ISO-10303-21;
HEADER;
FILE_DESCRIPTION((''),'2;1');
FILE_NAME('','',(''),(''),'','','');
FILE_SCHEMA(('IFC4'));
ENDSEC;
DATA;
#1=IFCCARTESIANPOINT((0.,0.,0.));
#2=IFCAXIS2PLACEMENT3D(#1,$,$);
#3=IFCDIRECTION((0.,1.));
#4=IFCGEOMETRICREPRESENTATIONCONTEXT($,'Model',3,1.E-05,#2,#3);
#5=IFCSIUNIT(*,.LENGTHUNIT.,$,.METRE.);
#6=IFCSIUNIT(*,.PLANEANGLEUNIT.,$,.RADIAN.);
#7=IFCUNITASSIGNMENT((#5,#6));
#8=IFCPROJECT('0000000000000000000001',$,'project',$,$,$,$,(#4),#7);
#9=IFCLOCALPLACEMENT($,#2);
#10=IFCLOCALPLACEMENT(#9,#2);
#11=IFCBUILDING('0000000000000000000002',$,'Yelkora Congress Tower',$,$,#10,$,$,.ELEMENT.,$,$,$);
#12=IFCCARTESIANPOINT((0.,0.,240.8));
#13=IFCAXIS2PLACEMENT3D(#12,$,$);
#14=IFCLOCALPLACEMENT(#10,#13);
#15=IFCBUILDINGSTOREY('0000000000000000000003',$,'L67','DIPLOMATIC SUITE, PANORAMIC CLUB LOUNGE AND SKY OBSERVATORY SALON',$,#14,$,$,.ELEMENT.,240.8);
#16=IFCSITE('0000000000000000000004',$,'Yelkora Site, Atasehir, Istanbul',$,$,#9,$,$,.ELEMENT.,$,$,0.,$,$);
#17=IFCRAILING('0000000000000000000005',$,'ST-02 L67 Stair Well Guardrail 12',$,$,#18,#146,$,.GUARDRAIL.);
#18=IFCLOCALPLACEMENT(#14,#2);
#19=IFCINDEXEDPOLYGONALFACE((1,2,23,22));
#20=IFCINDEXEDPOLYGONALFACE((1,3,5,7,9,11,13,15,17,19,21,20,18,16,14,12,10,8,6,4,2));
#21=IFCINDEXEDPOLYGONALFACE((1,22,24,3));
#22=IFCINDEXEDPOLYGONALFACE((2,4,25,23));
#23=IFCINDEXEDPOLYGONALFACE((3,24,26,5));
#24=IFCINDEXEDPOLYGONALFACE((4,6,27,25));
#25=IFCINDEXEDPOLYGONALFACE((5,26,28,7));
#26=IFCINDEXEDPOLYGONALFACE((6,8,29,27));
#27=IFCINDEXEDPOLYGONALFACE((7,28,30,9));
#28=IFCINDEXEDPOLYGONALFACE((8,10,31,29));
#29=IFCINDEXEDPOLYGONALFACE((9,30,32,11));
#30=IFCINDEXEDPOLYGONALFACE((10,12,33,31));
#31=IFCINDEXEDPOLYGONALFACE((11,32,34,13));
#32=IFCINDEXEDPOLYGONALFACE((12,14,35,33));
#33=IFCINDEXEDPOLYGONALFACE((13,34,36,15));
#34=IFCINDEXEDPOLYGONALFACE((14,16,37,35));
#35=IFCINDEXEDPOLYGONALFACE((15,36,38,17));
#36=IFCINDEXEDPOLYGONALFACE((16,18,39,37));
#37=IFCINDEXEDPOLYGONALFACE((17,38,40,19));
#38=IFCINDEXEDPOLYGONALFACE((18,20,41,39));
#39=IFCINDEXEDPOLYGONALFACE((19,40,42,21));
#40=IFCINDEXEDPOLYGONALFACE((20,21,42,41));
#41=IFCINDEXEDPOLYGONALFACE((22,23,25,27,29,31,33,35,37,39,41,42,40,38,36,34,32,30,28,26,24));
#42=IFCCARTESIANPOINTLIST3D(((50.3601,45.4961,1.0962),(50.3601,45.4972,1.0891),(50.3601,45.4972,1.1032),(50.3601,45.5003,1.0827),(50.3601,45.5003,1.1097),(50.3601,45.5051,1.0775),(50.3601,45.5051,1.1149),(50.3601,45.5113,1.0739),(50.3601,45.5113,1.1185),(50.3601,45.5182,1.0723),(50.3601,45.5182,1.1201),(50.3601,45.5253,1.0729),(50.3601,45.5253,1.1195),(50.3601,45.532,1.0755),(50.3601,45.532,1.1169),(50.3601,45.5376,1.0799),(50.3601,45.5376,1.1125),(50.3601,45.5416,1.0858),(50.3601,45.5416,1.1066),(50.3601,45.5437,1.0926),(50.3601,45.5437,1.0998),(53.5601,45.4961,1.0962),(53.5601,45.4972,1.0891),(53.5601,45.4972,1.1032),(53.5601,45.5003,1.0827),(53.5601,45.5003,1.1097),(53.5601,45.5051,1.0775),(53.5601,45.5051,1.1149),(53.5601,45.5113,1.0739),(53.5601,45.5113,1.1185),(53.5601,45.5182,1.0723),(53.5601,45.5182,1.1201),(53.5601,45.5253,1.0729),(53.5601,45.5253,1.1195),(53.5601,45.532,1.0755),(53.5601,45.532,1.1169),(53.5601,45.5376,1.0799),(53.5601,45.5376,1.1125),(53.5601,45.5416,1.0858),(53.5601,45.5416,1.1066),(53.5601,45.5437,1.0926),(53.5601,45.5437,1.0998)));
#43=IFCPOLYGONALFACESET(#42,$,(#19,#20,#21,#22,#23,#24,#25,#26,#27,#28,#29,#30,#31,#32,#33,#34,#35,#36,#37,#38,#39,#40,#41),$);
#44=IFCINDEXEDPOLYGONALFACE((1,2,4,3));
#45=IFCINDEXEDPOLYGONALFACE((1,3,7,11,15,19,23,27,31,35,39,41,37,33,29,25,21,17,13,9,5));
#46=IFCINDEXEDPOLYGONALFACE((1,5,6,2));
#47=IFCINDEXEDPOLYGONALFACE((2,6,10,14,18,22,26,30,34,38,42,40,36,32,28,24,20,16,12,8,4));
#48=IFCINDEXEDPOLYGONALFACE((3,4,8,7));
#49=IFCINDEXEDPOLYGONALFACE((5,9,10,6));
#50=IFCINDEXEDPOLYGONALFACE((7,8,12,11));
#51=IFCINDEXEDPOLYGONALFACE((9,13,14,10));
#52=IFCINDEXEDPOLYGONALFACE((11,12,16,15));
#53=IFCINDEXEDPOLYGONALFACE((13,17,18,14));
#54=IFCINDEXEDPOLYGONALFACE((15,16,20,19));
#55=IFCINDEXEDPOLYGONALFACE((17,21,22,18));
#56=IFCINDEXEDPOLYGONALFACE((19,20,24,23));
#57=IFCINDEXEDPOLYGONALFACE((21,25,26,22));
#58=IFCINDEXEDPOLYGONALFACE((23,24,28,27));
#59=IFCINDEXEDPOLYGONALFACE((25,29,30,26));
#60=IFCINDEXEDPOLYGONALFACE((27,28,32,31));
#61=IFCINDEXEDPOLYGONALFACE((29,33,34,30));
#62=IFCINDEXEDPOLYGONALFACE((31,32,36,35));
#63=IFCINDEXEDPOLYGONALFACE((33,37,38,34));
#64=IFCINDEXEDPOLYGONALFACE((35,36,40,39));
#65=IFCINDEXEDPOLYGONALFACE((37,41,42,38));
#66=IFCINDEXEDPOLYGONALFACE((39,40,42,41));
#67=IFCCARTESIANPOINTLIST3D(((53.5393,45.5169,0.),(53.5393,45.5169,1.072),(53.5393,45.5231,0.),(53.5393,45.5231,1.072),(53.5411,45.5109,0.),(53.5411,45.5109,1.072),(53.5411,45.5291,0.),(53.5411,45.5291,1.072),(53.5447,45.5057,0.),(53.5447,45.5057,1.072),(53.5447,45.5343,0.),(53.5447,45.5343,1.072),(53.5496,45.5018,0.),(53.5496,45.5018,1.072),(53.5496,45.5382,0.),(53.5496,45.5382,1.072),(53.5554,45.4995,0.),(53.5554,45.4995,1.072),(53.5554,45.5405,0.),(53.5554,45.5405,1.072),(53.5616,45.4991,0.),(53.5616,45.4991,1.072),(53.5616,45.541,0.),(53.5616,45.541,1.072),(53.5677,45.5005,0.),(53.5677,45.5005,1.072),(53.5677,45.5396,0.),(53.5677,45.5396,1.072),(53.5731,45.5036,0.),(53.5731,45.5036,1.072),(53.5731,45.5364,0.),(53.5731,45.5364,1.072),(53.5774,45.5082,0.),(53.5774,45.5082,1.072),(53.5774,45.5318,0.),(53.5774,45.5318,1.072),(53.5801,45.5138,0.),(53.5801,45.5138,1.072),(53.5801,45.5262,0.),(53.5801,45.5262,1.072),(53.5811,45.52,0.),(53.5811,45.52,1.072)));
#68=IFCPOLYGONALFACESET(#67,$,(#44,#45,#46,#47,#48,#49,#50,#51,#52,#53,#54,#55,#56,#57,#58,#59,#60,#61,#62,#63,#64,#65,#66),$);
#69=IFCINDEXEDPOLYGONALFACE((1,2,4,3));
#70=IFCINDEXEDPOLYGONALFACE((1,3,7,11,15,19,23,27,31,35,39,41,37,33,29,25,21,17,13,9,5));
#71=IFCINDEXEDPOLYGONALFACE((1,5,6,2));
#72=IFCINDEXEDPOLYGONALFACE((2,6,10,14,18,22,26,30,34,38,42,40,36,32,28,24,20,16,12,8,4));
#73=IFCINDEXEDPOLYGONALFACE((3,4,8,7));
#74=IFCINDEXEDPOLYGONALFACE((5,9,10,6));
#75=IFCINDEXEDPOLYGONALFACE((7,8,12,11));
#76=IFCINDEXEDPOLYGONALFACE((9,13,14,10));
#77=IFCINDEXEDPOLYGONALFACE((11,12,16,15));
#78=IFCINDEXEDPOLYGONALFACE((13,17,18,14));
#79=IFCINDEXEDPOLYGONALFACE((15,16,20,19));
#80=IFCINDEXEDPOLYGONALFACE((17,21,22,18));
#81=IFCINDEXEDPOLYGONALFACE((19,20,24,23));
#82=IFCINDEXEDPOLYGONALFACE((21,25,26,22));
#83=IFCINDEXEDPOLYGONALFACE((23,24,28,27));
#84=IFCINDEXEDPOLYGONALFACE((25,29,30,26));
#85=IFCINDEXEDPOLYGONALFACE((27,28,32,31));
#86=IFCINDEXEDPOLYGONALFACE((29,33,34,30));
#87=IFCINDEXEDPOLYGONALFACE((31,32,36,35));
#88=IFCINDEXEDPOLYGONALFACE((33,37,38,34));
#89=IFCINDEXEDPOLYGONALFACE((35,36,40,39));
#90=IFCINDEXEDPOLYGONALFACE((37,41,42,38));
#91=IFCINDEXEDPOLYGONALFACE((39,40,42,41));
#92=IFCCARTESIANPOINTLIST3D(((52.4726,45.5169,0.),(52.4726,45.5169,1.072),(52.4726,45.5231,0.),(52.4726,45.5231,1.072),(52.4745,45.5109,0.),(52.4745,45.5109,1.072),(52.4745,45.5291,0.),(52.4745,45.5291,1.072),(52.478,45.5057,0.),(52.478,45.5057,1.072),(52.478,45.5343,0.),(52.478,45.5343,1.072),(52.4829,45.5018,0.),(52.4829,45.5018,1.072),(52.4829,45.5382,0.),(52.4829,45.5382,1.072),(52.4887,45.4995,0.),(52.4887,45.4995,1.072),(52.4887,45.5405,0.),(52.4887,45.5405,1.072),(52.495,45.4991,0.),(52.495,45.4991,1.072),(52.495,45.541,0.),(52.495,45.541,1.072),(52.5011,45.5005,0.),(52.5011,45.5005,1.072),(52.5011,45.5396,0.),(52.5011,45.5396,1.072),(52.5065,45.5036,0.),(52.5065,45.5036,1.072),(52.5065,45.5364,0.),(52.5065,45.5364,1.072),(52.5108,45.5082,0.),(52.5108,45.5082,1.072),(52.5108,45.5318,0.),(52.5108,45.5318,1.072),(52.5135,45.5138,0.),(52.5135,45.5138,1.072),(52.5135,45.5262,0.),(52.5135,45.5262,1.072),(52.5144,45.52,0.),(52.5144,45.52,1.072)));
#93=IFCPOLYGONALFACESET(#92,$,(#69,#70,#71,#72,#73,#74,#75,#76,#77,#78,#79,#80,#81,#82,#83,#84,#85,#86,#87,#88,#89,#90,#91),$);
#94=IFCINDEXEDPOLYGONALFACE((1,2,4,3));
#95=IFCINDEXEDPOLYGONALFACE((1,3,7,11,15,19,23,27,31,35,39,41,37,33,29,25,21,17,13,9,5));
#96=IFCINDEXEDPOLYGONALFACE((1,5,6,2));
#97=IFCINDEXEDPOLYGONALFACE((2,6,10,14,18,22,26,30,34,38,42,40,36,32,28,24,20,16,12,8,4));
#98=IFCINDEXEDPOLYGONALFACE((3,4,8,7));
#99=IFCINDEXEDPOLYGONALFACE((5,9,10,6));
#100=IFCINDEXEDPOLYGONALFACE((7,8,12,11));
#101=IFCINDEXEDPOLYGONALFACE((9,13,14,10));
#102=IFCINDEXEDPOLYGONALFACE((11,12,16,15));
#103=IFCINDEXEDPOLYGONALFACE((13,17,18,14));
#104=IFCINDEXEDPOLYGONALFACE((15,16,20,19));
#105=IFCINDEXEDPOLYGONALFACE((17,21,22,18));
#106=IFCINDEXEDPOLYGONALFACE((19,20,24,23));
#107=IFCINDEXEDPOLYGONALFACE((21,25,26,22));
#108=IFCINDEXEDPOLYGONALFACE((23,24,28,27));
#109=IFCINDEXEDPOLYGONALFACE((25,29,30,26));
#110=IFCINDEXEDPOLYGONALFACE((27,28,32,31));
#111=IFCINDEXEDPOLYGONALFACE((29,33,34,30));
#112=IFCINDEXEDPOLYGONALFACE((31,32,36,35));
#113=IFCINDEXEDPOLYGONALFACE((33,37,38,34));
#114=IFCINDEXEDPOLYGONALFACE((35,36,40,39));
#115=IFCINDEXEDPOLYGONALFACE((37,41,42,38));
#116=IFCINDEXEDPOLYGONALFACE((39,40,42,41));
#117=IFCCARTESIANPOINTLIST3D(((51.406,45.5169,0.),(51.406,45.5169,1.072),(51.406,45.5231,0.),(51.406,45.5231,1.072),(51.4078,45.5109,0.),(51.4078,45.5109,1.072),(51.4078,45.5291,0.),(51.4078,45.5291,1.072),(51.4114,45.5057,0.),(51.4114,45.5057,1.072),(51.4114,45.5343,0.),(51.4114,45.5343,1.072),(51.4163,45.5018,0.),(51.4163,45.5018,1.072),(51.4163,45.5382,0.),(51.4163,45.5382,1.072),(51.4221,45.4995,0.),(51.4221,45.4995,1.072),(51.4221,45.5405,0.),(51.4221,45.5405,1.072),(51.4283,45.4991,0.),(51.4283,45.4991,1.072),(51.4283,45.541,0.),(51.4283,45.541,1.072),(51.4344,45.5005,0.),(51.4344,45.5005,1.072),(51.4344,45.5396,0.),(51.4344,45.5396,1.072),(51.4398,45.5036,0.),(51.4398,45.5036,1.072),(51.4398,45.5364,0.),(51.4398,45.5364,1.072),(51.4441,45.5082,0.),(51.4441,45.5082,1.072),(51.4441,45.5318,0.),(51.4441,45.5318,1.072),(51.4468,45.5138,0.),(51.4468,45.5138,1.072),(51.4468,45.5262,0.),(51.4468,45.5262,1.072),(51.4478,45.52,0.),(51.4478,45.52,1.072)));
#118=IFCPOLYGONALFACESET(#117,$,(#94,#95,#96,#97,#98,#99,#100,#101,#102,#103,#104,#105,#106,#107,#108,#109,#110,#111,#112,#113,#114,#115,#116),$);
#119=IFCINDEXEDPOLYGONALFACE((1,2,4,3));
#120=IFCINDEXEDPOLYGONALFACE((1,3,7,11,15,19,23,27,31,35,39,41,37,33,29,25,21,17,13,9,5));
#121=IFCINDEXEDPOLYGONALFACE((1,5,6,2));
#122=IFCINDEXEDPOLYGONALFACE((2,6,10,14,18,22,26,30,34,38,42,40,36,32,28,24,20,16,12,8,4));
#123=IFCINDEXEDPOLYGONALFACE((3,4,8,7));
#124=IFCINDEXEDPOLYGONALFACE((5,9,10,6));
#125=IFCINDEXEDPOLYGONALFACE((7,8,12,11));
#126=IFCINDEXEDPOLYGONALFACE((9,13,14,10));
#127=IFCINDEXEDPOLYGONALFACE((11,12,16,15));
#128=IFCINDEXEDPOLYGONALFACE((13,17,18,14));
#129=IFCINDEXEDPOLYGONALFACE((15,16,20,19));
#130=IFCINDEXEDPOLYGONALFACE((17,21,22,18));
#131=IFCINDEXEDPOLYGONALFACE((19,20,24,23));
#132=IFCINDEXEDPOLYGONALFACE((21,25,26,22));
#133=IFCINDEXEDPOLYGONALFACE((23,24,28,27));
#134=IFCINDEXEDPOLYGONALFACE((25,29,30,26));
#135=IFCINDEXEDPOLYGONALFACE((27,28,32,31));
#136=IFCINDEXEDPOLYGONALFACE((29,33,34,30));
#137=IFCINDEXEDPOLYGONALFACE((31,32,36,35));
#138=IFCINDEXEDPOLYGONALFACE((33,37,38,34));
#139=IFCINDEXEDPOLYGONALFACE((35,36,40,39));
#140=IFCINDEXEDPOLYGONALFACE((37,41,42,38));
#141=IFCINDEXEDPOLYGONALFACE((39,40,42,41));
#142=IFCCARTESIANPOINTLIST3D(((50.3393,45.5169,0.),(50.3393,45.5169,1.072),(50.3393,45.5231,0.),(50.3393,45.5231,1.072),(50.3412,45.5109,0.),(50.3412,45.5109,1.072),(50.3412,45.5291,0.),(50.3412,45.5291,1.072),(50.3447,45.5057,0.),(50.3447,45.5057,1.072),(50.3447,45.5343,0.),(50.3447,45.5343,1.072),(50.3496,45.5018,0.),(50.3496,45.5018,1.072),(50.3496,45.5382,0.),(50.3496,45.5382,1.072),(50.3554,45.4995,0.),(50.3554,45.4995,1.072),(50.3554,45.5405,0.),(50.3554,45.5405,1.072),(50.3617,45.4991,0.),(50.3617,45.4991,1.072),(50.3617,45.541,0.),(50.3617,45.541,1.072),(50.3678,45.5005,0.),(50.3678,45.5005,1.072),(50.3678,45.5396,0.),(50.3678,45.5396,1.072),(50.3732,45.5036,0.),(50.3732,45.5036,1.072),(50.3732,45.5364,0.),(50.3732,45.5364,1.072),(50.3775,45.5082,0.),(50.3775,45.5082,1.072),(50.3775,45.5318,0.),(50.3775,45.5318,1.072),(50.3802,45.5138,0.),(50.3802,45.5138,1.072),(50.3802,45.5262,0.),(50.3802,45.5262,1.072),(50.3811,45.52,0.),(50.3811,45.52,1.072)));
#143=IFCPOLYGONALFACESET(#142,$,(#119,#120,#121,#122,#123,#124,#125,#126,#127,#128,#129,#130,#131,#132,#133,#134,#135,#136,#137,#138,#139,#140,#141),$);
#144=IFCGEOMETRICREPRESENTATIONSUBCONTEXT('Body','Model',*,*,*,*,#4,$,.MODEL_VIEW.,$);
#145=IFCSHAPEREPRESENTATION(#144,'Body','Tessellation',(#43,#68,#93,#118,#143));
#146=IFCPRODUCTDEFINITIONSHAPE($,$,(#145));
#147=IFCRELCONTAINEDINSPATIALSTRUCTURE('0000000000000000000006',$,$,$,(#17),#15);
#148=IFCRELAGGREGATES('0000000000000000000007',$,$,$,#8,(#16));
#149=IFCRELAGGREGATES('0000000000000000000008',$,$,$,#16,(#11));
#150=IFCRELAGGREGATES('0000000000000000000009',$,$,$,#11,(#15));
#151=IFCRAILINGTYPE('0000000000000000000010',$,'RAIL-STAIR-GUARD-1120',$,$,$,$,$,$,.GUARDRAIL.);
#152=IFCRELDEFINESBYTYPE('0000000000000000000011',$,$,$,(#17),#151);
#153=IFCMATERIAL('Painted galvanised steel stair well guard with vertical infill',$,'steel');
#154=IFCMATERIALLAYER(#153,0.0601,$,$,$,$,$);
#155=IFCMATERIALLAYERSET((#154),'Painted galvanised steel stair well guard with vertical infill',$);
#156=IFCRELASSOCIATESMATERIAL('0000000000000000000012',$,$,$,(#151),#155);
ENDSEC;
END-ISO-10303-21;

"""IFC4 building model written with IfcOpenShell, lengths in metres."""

from ifc_helpers import new_model, si_unit, direction, frame, origin, origin_2d, place, context, subcontext, project, spatial, circle, extrude, material, layer, layer_set, type_object, element, save


model = new_model("IFC4")

# Units and contexts
model_context = context("Model", 3, precision=1e-05, world=origin(), true_north=direction((0.0, 1.0)))
body_context = subcontext(model_context, "Body", "Model", "MODEL_VIEW")
ifc_project = project(units=[si_unit("LENGTHUNIT", "METRE"), si_unit("PLANEANGLEUNIT", "RADIAN")], contexts=[model_context])

# Site, building, storey
site_placement = place(None, origin())
site = spatial("IfcSite", under=ifc_project, at=site_placement, Name="Yelkora Site, Atasehir, Istanbul", CompositionType="ELEMENT", RefElevation=0.0)
building_placement = place(site_placement, origin())
building = spatial("IfcBuilding", under=site, at=building_placement, Name="Yelkora Congress Tower", CompositionType="ELEMENT")
storey_placement = place(building_placement, frame((0.0, 0.0, 240.8)))
storey = spatial("IfcBuildingStorey", under=building, at=storey_placement, Name="L67", Description="DIPLOMATIC SUITE, PANORAMIC CLUB LOUNGE AND SKY OBSERVATORY SALON", CompositionType="ELEMENT", Elevation=240.8)

# Railing
ifc_material_1 = material(Name="Painted galvanised steel stair well guard with vertical infill", Category="steel")
ifc_layer_1 = layer(ifc_material_1, 0.0601)
ifc_layer_set_1 = layer_set([ifc_layer_1], Name="Painted galvanised steel stair well guard with vertical infill")
railing_type_1 = type_object("IfcRailingType", Name="RAIL-STAIR-GUARD-1120", PredefinedType="GUARDRAIL", material=ifc_layer_set_1)
railing_1_placement = place(storey_placement, frame((53.5601, 45.52, 0.0)))
element("IfcRailing", 1, at=railing_1_placement, inside=storey, type_object=railing_type_1, Name="ST-02 L67 Stair Well Guardrail 12", PredefinedType="GUARDRAIL", context=body_context, shape_type="SweptSolid", body=[
    extrude(circle(Radius=0.0239, at=origin_2d()), frame((0.0, 0.0, 1.0962), z_axis=(-1.0, 0.0, 0.0), x_axis=(0.0, -1.0, 0.0)), (0.0, 0.0, 1.0), 3.2),
    extrude(circle(Radius=0.021, at=origin_2d()), origin(), (0.0, 0.0, 1.0), 1.072),
    extrude(circle(Radius=0.021, at=origin_2d()), frame((-1.0667, 0.0, 0.0)), (0.0, 0.0, 1.0), 1.072),
    extrude(circle(Radius=0.021, at=origin_2d()), frame((-2.1333, 0.0, 0.0)), (0.0, 0.0, 1.0), 1.072),
    extrude(circle(Radius=0.021, at=origin_2d()), frame((-3.2, 0.0, 0.0)), (0.0, 0.0, 1.0), 1.072),
])

save(model, "model.ifc")
